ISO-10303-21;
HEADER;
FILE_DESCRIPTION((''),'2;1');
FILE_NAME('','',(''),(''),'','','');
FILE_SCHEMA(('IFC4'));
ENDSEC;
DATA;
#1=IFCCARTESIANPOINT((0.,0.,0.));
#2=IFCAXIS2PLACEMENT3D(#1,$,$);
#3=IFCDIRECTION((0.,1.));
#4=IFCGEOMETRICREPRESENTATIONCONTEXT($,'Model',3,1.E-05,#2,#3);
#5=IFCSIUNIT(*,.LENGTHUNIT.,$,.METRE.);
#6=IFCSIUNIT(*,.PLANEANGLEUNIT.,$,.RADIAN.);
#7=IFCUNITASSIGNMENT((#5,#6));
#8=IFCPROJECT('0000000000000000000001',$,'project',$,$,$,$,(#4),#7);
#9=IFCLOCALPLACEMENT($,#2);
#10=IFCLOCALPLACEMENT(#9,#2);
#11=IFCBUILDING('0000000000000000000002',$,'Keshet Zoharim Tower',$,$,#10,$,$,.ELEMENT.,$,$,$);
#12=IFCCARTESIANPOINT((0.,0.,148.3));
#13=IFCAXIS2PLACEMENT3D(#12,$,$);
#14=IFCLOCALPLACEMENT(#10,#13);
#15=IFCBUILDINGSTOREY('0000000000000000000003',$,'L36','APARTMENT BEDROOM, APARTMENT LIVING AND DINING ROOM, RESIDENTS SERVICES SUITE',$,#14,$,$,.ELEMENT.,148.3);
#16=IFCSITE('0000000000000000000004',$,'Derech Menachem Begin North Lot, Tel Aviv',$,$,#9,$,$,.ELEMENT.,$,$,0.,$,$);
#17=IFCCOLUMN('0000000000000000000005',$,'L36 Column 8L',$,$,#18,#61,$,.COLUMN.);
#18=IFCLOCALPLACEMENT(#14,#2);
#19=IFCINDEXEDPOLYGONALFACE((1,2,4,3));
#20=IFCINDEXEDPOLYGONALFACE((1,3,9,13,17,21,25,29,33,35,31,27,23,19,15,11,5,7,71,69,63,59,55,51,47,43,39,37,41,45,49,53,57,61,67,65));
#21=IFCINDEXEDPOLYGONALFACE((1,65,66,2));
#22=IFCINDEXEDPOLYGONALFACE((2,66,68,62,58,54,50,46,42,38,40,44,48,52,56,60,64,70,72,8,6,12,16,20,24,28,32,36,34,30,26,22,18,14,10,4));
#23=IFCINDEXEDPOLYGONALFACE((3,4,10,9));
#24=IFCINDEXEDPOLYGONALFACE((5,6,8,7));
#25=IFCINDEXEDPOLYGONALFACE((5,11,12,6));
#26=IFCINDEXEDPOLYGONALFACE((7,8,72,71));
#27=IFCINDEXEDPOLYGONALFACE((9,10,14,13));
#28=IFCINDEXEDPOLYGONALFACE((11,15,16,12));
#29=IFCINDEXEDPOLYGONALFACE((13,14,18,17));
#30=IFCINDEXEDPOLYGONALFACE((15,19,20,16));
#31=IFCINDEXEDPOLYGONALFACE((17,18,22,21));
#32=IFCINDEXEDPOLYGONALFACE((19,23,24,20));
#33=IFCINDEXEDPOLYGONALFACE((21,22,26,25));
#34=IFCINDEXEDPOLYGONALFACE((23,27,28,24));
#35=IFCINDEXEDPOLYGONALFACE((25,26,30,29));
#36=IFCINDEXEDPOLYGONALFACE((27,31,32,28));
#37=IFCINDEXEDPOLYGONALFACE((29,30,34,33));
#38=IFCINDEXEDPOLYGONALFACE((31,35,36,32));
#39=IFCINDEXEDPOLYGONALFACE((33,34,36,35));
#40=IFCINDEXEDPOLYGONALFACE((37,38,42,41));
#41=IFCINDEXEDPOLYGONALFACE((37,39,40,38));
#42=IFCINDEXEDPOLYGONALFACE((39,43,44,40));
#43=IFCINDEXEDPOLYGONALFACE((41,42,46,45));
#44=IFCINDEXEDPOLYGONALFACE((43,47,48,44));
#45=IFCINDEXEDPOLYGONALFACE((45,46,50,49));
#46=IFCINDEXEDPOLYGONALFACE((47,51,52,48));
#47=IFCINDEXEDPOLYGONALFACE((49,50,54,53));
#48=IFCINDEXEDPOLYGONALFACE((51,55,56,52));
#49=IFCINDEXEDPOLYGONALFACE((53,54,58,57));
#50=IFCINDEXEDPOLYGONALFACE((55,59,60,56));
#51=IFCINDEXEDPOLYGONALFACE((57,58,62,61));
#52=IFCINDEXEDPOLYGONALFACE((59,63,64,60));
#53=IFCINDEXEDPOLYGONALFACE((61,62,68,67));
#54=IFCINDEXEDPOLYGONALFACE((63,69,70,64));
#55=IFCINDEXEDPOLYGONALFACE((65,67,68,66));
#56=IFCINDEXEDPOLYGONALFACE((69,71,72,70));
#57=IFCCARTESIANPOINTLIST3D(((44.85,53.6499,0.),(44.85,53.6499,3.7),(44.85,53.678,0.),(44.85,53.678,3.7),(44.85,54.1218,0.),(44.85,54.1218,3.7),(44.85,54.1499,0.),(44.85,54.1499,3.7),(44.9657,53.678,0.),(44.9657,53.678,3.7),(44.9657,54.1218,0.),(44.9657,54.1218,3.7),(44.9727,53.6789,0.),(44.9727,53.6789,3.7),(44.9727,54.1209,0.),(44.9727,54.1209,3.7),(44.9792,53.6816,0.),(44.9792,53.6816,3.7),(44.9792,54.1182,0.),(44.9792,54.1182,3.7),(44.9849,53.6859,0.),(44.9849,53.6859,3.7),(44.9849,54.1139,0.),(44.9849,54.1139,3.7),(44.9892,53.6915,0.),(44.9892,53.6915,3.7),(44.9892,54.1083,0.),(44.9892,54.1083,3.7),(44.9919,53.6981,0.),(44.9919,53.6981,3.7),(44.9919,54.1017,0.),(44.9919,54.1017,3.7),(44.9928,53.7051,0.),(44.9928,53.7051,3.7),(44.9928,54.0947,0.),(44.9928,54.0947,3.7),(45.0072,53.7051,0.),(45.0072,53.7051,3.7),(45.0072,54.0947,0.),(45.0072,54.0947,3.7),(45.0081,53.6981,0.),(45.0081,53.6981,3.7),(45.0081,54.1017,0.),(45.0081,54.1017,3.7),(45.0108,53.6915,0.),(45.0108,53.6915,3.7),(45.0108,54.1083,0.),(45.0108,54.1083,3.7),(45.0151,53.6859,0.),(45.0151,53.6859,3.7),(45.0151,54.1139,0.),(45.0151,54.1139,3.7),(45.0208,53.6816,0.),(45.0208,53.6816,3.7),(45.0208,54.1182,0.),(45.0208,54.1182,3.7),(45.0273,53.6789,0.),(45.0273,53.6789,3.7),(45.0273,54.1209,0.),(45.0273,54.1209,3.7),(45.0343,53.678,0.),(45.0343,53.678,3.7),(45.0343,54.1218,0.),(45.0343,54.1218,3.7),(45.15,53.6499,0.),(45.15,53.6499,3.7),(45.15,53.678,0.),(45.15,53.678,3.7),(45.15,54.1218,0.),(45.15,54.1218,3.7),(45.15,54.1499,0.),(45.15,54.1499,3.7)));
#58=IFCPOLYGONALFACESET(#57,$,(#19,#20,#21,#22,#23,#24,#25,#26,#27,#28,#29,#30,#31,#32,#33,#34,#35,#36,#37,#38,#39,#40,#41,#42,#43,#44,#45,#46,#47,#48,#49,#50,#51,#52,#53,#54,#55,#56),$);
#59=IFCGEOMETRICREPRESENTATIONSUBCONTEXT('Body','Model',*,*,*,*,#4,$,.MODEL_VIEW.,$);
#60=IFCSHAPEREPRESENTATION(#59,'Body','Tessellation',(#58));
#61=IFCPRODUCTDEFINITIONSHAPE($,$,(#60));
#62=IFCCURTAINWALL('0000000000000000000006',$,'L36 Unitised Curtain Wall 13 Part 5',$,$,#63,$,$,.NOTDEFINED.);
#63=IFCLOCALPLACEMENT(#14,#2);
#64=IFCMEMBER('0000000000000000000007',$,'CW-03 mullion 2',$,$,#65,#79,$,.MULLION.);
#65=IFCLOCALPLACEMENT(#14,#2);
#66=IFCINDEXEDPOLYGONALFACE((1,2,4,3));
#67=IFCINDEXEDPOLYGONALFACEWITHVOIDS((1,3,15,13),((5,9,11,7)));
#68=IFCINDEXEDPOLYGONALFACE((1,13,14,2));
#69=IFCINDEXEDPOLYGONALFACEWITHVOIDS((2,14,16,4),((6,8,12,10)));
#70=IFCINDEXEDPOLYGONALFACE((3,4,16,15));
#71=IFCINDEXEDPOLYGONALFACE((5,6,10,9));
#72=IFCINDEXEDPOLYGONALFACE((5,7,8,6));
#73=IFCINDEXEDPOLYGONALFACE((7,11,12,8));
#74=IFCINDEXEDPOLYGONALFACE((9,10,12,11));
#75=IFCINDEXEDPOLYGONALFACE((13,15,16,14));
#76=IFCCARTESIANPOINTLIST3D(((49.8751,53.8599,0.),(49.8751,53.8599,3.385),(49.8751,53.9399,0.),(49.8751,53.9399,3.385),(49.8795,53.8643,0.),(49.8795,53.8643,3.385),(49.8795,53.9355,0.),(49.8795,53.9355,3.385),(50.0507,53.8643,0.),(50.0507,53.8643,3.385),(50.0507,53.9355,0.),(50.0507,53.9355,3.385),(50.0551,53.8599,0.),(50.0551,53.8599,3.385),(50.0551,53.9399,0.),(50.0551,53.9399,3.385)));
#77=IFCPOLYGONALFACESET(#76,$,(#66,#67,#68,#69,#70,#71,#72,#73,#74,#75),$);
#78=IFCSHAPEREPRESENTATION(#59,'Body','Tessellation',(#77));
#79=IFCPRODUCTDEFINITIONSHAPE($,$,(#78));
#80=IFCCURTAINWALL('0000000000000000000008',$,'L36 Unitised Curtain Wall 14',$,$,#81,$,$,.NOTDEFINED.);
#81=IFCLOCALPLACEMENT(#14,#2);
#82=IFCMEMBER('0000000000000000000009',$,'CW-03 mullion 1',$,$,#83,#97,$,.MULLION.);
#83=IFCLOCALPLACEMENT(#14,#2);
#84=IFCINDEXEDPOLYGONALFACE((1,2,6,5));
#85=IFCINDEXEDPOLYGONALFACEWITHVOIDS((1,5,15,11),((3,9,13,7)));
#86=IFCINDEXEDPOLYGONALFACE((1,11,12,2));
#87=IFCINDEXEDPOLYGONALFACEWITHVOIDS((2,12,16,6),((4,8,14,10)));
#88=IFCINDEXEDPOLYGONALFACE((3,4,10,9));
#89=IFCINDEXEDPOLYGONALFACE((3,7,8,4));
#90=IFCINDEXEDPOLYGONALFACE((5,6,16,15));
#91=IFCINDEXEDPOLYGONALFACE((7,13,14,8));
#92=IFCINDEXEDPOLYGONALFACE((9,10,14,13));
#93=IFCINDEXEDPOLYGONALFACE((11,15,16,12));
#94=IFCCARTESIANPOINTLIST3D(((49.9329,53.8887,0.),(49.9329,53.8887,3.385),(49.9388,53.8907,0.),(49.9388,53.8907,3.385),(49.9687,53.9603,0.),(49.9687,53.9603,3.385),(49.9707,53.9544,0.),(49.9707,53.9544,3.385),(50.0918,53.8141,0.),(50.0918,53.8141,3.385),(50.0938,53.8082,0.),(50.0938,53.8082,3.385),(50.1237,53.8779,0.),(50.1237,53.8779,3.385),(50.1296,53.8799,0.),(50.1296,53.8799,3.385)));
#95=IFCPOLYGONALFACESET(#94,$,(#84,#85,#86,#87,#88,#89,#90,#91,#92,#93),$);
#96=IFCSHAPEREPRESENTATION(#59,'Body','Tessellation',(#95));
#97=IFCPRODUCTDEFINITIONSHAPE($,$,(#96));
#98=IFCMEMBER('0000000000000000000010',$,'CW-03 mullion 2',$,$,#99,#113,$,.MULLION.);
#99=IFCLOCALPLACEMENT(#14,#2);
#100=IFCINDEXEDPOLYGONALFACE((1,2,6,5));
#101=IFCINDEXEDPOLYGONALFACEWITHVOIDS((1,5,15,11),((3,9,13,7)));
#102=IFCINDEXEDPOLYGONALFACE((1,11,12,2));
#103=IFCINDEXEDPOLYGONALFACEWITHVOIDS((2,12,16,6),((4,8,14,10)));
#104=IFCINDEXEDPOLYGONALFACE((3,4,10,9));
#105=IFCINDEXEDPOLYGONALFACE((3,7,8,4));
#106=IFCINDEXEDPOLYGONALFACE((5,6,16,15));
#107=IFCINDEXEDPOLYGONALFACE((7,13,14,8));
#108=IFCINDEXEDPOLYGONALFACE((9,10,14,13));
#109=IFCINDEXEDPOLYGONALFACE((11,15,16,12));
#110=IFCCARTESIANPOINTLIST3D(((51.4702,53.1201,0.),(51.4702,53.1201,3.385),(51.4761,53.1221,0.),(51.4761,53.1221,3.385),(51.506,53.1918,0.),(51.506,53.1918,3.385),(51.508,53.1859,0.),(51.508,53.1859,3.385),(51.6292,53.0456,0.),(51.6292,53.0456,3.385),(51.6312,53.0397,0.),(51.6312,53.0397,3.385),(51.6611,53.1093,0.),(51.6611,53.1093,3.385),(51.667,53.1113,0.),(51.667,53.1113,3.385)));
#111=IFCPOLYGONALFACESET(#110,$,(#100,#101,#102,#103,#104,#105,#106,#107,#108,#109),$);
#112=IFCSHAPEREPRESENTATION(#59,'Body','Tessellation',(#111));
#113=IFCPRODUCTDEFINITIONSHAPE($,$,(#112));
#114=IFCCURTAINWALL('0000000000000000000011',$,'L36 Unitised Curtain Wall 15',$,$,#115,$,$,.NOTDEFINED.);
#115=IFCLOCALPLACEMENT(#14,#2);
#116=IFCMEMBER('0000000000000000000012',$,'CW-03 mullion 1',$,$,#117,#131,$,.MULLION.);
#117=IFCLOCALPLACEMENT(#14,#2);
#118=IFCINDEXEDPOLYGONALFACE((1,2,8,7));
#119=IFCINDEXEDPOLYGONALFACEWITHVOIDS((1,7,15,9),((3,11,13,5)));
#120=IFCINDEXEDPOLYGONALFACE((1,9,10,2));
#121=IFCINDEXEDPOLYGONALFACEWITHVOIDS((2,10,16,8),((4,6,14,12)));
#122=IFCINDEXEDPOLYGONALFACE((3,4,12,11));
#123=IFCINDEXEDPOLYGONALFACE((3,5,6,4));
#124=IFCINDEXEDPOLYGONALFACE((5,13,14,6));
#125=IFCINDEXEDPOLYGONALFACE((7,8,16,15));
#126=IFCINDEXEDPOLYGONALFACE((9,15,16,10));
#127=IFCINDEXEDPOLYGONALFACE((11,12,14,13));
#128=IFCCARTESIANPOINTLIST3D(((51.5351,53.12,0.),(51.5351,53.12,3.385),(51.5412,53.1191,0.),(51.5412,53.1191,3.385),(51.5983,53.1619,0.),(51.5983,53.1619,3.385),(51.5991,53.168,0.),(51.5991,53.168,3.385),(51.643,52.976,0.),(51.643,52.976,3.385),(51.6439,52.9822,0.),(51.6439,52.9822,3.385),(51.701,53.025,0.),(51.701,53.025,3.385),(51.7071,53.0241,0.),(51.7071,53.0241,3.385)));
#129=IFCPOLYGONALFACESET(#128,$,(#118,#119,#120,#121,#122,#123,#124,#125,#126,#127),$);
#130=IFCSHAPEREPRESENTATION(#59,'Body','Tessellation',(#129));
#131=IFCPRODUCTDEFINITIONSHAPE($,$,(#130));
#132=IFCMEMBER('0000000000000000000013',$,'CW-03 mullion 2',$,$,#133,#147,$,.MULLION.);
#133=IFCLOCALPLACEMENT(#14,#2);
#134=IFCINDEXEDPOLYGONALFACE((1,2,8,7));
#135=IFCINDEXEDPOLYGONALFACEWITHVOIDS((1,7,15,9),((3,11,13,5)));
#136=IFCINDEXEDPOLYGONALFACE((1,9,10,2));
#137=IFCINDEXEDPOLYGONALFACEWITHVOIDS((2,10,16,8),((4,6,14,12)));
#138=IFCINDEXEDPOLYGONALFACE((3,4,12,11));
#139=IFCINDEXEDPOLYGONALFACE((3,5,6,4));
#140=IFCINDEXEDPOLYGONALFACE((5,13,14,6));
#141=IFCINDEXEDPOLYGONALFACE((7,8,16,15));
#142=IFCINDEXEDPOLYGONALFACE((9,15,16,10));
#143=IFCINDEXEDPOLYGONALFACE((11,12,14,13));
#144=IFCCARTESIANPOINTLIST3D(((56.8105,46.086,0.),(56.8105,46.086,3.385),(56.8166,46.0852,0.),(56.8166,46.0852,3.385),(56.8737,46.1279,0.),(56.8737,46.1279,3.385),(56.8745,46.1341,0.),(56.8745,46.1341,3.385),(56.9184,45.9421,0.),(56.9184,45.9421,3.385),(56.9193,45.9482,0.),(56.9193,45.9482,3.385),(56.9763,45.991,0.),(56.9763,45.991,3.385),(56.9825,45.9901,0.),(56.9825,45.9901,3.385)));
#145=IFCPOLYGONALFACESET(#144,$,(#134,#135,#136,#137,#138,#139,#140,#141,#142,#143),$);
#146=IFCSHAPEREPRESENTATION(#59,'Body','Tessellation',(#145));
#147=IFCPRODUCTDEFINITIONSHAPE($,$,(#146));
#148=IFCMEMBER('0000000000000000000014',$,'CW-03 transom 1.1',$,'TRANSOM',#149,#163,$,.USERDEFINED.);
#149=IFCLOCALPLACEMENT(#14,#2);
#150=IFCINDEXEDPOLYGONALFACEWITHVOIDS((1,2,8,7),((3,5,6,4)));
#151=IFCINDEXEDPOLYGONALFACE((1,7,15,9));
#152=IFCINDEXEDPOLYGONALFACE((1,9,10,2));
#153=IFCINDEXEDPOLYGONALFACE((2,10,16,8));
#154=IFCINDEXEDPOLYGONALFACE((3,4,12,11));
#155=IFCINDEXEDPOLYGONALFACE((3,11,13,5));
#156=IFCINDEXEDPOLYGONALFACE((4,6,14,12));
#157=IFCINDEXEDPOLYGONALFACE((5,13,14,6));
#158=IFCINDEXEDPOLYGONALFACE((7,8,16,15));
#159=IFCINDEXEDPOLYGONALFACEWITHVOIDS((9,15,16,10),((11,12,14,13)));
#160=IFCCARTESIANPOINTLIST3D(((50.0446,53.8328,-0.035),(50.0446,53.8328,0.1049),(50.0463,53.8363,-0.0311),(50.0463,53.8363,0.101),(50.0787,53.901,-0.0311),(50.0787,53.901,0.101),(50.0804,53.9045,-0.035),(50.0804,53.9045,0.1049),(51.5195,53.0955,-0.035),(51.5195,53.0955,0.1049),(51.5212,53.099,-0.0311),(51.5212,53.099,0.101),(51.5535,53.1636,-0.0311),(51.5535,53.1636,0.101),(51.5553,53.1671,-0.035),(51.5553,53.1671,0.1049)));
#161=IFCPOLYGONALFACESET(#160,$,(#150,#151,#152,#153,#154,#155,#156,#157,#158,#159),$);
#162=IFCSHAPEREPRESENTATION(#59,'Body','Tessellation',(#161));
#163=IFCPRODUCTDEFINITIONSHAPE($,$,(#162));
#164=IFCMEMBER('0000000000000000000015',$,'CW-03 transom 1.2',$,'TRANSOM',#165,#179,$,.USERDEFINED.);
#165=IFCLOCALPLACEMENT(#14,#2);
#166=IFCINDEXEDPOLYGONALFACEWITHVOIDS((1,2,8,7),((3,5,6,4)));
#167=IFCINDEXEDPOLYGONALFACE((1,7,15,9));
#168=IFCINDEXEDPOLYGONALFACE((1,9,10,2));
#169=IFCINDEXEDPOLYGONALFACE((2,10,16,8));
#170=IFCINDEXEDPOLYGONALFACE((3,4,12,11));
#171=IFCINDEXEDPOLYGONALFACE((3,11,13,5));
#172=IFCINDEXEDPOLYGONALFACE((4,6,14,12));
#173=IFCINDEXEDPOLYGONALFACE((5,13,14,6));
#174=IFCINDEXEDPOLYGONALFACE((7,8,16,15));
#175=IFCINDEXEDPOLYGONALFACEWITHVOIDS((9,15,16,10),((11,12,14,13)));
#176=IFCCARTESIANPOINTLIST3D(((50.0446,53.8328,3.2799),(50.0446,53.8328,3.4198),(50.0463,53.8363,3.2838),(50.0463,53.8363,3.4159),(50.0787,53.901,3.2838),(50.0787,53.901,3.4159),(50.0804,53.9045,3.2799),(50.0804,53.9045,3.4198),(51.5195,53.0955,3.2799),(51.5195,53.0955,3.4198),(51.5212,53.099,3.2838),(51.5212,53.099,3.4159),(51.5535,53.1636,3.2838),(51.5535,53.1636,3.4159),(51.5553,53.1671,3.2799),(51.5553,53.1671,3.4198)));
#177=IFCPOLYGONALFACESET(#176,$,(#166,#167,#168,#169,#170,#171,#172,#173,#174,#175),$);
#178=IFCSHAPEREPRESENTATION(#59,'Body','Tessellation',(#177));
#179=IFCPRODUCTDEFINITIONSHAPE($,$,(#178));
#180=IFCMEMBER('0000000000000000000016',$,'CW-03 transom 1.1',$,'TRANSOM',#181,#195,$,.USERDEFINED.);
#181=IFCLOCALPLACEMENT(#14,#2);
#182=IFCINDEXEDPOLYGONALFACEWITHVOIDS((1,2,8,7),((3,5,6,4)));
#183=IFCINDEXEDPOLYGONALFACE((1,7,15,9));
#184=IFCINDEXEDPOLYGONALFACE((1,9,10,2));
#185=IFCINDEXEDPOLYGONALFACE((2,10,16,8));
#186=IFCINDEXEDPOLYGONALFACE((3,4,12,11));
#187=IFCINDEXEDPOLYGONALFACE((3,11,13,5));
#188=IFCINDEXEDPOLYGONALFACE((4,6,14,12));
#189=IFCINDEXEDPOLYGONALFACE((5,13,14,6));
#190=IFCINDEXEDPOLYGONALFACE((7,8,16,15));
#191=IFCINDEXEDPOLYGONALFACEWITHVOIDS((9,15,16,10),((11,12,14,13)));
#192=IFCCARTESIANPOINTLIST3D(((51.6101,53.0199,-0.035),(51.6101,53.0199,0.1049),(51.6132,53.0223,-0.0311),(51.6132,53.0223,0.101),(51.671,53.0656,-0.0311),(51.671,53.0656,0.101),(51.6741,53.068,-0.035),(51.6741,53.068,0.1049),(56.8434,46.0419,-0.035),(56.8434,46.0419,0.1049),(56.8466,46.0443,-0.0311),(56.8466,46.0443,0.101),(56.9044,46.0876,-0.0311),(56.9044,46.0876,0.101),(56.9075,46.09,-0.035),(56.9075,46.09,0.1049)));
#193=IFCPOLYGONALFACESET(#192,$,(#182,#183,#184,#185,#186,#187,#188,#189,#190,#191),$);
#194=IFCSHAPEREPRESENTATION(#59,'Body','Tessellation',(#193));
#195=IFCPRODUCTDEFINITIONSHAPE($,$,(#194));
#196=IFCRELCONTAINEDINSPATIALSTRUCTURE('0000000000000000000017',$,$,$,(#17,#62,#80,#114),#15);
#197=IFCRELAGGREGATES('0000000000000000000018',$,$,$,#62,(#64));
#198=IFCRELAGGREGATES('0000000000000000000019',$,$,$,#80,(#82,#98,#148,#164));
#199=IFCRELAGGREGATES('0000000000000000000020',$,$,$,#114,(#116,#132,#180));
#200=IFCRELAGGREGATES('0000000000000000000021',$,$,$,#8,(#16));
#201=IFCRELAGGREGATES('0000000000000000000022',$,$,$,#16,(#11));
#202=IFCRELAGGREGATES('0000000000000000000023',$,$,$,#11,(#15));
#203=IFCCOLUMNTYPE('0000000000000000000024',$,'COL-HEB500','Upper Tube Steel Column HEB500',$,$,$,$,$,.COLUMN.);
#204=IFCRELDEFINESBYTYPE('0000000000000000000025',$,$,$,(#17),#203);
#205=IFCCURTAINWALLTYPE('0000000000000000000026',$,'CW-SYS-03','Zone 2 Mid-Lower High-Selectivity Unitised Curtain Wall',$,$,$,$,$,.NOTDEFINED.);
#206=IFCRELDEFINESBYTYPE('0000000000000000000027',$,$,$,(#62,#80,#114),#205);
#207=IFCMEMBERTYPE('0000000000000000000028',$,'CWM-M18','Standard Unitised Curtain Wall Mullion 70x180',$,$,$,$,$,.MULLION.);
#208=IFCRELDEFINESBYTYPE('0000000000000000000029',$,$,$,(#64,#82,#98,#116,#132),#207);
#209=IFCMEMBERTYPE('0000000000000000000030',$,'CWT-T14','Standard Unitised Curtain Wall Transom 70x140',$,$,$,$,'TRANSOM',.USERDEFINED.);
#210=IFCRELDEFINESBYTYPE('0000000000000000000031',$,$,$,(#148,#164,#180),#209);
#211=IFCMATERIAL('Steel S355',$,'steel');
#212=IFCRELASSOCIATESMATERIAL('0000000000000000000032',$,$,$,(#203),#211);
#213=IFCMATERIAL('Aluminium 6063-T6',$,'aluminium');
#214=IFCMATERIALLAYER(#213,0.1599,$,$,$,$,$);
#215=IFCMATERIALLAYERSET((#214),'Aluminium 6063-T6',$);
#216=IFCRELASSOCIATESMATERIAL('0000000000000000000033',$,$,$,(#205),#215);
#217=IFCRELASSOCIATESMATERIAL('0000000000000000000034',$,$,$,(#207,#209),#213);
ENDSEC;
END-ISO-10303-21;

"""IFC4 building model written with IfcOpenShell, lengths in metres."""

from ifc_helpers import new_model, si_unit, direction, frame, origin, origin_2d, place, context, subcontext, project, spatial, hollow_rectangle, i_section, extrude, material, layer, layer_set, material_profile, profile_set, type_object, element, aggregate, save


model = new_model("IFC4")

# Units and contexts
model_context = context("Model", 3, precision=1e-05, world=origin(), true_north=direction((0.0, 1.0)))
body_context = subcontext(model_context, "Body", "Model", "MODEL_VIEW")
ifc_project = project(units=[si_unit("LENGTHUNIT", "METRE"), si_unit("PLANEANGLEUNIT", "RADIAN")], contexts=[model_context])

# Site, building, storey
site_placement = place(None, origin())
site = spatial("IfcSite", under=ifc_project, at=site_placement, Name="Derech Menachem Begin North Lot, Tel Aviv", CompositionType="ELEMENT", RefElevation=0.0)
building_placement = place(site_placement, origin())
building = spatial("IfcBuilding", under=site, at=building_placement, Name="Keshet Zoharim Tower", CompositionType="ELEMENT")
storey_placement = place(building_placement, frame((0.0, 0.0, 148.3)))
storey = spatial("IfcBuildingStorey", under=building, at=storey_placement, Name="L36", Description="APARTMENT BEDROOM, APARTMENT LIVING AND DINING ROOM, RESIDENTS SERVICES SUITE", CompositionType="ELEMENT", Elevation=148.3)

# Column
ifc_material_1 = material(Name="Steel S355", Category="steel")
ifc_material_profile_1 = material_profile(ifc_material_1, i_section(OverallWidth=0.3, OverallDepth=0.5, WebThickness=0.0144, FlangeThickness=0.0281, FilletRadius=0.0271, at=origin_2d()), Name="HEB500")
ifc_profile_set_1 = profile_set([ifc_material_profile_1], Name="Steel S355")
column_type = type_object("IfcColumnType", Name="COL-HEB500", Description="Upper Tube Steel Column HEB500", PredefinedType="COLUMN", material=ifc_profile_set_1)
column_placement = place(storey_placement, frame((45.0, 53.8999, 0.0), z_axis=(0.0, 0.0, 1.0), x_axis=(1.0, 0.0, 0.0)))
element("IfcColumn", 1, at=column_placement, inside=storey, type_object=column_type, Name="L36 Column 8L", PredefinedType="COLUMN", context=body_context, shape_type="SweptSolid", body=[
    extrude(i_section(OverallWidth=0.3, OverallDepth=0.5, WebThickness=0.0144, FlangeThickness=0.0281, FilletRadius=0.0271, at=origin_2d()), origin(), (0.0, 0.0, 1.0), 3.7),
])

# Curtain wall, member
ifc_material_2 = material(Name="Aluminium 6063-T6", Category="aluminium")
ifc_layer_1 = layer(ifc_material_2, 0.1599)
ifc_layer_set_1 = layer_set([ifc_layer_1], Name="Aluminium 6063-T6")
curtain_wall_type = type_object("IfcCurtainWallType", Name="CW-SYS-03", Description="Zone 2 Mid-Lower High-Selectivity Unitised Curtain Wall", PredefinedType="NOTDEFINED", material=ifc_layer_set_1)
curtain_wall_1_placement = place(storey_placement, origin())
curtain_wall_1 = element("IfcCurtainWall", 2, at=curtain_wall_1_placement, inside=storey, type_object=curtain_wall_type, Name="L36 Unitised Curtain Wall 13 Part 5", PredefinedType="NOTDEFINED")
ifc_material_profile_2 = material_profile(ifc_material_2, hollow_rectangle(XDim=0.0801, YDim=0.1799, WallThickness=0.0044, at=origin_2d()), Name="MUL-80x180")
ifc_profile_set_2 = profile_set([ifc_material_profile_2], Name="Aluminium 6063-T6")
member_type_1 = type_object("IfcMemberType", Name="CWM-M18", Description="Standard Unitised Curtain Wall Mullion 70x180", PredefinedType="MULLION", material=ifc_profile_set_2)
member_1_placement = place(storey_placement, frame((49.9651, 53.8999, 0.0), z_axis=(0.0, 0.0, 1.0), x_axis=(0.0, 1.0, 0.0)))
member_1 = element("IfcMember", 3, at=member_1_placement, type_object=member_type_1, Name="CW-03 mullion 2", PredefinedType="MULLION", context=body_context, shape_type="SweptSolid", body=[
    extrude(hollow_rectangle(XDim=0.0801, YDim=0.1799, WallThickness=0.0044, at=origin_2d()), origin(), (0.0, 0.0, 1.0), 3.385),
])

# Curtain walls, members
curtain_wall_2_placement = place(storey_placement, origin())
curtain_wall_2 = element("IfcCurtainWall", 4, at=curtain_wall_2_placement, inside=storey, type_object=curtain_wall_type, Name="L36 Unitised Curtain Wall 14", PredefinedType="NOTDEFINED")
member_2_placement = place(storey_placement, frame((50.0312, 53.8843, 0.0), z_axis=(0.0, 0.0, 1.0), x_axis=(0.447214, 0.894427, 0.0)))
member_2 = element("IfcMember", 5, at=member_2_placement, type_object=member_type_1, Name="CW-03 mullion 1", PredefinedType="MULLION", context=body_context, shape_type="SweptSolid", body=[
    extrude(hollow_rectangle(XDim=0.0801, YDim=0.1799, WallThickness=0.0044, at=origin_2d()), origin(), (0.0, 0.0, 1.0), 3.385),
])
member_3_placement = place(storey_placement, frame((51.5686, 53.1157, 0.0), z_axis=(0.0, 0.0, 1.0), x_axis=(0.447214, 0.894427, 0.0)))
member_3 = element("IfcMember", 6, at=member_3_placement, type_object=member_type_1, Name="CW-03 mullion 2", PredefinedType="MULLION", context=body_context, shape_type="SweptSolid", body=[
    extrude(hollow_rectangle(XDim=0.0801, YDim=0.1799, WallThickness=0.0044, at=origin_2d()), origin(), (0.0, 0.0, 1.0), 3.385),
])
curtain_wall_3_placement = place(storey_placement, origin())
curtain_wall_3 = element("IfcCurtainWall", 7, at=curtain_wall_3_placement, inside=storey, type_object=curtain_wall_type, Name="L36 Unitised Curtain Wall 15", PredefinedType="NOTDEFINED")
member_4_placement = place(storey_placement, frame((51.6211, 53.072, 0.0), z_axis=(0.0, 0.0, 1.0), x_axis=(0.8, 0.6, 0.0)))
member_4 = element("IfcMember", 8, at=member_4_placement, type_object=member_type_1, Name="CW-03 mullion 1", PredefinedType="MULLION", context=body_context, shape_type="SweptSolid", body=[
    extrude(hollow_rectangle(XDim=0.0801, YDim=0.1799, WallThickness=0.0044, at=origin_2d()), origin(), (0.0, 0.0, 1.0), 3.385),
])
member_5_placement = place(storey_placement, frame((56.8965, 46.0381, 0.0), z_axis=(0.0, 0.0, 1.0), x_axis=(0.8, 0.6, 0.0)))
member_5 = element("IfcMember", 9, at=member_5_placement, type_object=member_type_1, Name="CW-03 mullion 2", PredefinedType="MULLION", context=body_context, shape_type="SweptSolid", body=[
    extrude(hollow_rectangle(XDim=0.0801, YDim=0.1799, WallThickness=0.0044, at=origin_2d()), origin(), (0.0, 0.0, 1.0), 3.385),
])

# Members
ifc_material_profile_3 = material_profile(ifc_material_2, hollow_rectangle(XDim=0.0801, YDim=0.1399, WallThickness=0.0039, at=origin_2d()), Name="TRN-80x140")
ifc_profile_set_3 = profile_set([ifc_material_profile_3], Name="Aluminium 6063-T6")
member_type_2 = type_object("IfcMemberType", Name="CWT-T14", Description="Standard Unitised Curtain Wall Transom 70x140", ElementType="TRANSOM", PredefinedType="USERDEFINED", material=ifc_profile_set_3)
member_6_placement = place(storey_placement, frame((50.0625, 53.8687, 0.0349), z_axis=(0.894457, -0.447154, 0.0), x_axis=(0.447154, 0.894457, 0.0)))
member_6 = element("IfcMember", 10, at=member_6_placement, type_object=member_type_2, Name="CW-03 transom 1.1", ObjectType="TRANSOM", PredefinedType="USERDEFINED", context=body_context, shape_type="SweptSolid", body=[
    extrude(hollow_rectangle(XDim=0.0801, YDim=0.1399, WallThickness=0.0039, at=origin_2d()), origin(), (0.0, 0.0, 1.0), 1.6489),
])
member_7_placement = place(storey_placement, frame((50.0625, 53.8687, 3.3499), z_axis=(0.894457, -0.447154, 0.0), x_axis=(0.447154, 0.894457, 0.0)))
member_7 = element("IfcMember", 11, at=member_7_placement, type_object=member_type_2, Name="CW-03 transom 1.2", ObjectType="TRANSOM", PredefinedType="USERDEFINED", context=body_context, shape_type="SweptSolid", body=[
    extrude(hollow_rectangle(XDim=0.0801, YDim=0.1399, WallThickness=0.0039, at=origin_2d()), origin(), (0.0, 0.0, 1.0), 1.6489),
])
member_8_placement = place(storey_placement, frame((51.6421, 53.0439, 0.0349), z_axis=(0.599991, -0.800007, 0.0), x_axis=(0.800007, 0.599991, 0.0)))
member_8 = element("IfcMember", 12, at=member_8_placement, type_object=member_type_2, Name="CW-03 transom 1.1", ObjectType="TRANSOM", PredefinedType="USERDEFINED", context=body_context, shape_type="SweptSolid", body=[
    extrude(hollow_rectangle(XDim=0.0801, YDim=0.1399, WallThickness=0.0039, at=origin_2d()), origin(), (0.0, 0.0, 1.0), 8.7224),
])

aggregate(curtain_wall_1, [member_1])
aggregate(curtain_wall_2, [member_2, member_3, member_6, member_7])
aggregate(curtain_wall_3, [member_4, member_5, member_8])

save(model, "model.ifc")
